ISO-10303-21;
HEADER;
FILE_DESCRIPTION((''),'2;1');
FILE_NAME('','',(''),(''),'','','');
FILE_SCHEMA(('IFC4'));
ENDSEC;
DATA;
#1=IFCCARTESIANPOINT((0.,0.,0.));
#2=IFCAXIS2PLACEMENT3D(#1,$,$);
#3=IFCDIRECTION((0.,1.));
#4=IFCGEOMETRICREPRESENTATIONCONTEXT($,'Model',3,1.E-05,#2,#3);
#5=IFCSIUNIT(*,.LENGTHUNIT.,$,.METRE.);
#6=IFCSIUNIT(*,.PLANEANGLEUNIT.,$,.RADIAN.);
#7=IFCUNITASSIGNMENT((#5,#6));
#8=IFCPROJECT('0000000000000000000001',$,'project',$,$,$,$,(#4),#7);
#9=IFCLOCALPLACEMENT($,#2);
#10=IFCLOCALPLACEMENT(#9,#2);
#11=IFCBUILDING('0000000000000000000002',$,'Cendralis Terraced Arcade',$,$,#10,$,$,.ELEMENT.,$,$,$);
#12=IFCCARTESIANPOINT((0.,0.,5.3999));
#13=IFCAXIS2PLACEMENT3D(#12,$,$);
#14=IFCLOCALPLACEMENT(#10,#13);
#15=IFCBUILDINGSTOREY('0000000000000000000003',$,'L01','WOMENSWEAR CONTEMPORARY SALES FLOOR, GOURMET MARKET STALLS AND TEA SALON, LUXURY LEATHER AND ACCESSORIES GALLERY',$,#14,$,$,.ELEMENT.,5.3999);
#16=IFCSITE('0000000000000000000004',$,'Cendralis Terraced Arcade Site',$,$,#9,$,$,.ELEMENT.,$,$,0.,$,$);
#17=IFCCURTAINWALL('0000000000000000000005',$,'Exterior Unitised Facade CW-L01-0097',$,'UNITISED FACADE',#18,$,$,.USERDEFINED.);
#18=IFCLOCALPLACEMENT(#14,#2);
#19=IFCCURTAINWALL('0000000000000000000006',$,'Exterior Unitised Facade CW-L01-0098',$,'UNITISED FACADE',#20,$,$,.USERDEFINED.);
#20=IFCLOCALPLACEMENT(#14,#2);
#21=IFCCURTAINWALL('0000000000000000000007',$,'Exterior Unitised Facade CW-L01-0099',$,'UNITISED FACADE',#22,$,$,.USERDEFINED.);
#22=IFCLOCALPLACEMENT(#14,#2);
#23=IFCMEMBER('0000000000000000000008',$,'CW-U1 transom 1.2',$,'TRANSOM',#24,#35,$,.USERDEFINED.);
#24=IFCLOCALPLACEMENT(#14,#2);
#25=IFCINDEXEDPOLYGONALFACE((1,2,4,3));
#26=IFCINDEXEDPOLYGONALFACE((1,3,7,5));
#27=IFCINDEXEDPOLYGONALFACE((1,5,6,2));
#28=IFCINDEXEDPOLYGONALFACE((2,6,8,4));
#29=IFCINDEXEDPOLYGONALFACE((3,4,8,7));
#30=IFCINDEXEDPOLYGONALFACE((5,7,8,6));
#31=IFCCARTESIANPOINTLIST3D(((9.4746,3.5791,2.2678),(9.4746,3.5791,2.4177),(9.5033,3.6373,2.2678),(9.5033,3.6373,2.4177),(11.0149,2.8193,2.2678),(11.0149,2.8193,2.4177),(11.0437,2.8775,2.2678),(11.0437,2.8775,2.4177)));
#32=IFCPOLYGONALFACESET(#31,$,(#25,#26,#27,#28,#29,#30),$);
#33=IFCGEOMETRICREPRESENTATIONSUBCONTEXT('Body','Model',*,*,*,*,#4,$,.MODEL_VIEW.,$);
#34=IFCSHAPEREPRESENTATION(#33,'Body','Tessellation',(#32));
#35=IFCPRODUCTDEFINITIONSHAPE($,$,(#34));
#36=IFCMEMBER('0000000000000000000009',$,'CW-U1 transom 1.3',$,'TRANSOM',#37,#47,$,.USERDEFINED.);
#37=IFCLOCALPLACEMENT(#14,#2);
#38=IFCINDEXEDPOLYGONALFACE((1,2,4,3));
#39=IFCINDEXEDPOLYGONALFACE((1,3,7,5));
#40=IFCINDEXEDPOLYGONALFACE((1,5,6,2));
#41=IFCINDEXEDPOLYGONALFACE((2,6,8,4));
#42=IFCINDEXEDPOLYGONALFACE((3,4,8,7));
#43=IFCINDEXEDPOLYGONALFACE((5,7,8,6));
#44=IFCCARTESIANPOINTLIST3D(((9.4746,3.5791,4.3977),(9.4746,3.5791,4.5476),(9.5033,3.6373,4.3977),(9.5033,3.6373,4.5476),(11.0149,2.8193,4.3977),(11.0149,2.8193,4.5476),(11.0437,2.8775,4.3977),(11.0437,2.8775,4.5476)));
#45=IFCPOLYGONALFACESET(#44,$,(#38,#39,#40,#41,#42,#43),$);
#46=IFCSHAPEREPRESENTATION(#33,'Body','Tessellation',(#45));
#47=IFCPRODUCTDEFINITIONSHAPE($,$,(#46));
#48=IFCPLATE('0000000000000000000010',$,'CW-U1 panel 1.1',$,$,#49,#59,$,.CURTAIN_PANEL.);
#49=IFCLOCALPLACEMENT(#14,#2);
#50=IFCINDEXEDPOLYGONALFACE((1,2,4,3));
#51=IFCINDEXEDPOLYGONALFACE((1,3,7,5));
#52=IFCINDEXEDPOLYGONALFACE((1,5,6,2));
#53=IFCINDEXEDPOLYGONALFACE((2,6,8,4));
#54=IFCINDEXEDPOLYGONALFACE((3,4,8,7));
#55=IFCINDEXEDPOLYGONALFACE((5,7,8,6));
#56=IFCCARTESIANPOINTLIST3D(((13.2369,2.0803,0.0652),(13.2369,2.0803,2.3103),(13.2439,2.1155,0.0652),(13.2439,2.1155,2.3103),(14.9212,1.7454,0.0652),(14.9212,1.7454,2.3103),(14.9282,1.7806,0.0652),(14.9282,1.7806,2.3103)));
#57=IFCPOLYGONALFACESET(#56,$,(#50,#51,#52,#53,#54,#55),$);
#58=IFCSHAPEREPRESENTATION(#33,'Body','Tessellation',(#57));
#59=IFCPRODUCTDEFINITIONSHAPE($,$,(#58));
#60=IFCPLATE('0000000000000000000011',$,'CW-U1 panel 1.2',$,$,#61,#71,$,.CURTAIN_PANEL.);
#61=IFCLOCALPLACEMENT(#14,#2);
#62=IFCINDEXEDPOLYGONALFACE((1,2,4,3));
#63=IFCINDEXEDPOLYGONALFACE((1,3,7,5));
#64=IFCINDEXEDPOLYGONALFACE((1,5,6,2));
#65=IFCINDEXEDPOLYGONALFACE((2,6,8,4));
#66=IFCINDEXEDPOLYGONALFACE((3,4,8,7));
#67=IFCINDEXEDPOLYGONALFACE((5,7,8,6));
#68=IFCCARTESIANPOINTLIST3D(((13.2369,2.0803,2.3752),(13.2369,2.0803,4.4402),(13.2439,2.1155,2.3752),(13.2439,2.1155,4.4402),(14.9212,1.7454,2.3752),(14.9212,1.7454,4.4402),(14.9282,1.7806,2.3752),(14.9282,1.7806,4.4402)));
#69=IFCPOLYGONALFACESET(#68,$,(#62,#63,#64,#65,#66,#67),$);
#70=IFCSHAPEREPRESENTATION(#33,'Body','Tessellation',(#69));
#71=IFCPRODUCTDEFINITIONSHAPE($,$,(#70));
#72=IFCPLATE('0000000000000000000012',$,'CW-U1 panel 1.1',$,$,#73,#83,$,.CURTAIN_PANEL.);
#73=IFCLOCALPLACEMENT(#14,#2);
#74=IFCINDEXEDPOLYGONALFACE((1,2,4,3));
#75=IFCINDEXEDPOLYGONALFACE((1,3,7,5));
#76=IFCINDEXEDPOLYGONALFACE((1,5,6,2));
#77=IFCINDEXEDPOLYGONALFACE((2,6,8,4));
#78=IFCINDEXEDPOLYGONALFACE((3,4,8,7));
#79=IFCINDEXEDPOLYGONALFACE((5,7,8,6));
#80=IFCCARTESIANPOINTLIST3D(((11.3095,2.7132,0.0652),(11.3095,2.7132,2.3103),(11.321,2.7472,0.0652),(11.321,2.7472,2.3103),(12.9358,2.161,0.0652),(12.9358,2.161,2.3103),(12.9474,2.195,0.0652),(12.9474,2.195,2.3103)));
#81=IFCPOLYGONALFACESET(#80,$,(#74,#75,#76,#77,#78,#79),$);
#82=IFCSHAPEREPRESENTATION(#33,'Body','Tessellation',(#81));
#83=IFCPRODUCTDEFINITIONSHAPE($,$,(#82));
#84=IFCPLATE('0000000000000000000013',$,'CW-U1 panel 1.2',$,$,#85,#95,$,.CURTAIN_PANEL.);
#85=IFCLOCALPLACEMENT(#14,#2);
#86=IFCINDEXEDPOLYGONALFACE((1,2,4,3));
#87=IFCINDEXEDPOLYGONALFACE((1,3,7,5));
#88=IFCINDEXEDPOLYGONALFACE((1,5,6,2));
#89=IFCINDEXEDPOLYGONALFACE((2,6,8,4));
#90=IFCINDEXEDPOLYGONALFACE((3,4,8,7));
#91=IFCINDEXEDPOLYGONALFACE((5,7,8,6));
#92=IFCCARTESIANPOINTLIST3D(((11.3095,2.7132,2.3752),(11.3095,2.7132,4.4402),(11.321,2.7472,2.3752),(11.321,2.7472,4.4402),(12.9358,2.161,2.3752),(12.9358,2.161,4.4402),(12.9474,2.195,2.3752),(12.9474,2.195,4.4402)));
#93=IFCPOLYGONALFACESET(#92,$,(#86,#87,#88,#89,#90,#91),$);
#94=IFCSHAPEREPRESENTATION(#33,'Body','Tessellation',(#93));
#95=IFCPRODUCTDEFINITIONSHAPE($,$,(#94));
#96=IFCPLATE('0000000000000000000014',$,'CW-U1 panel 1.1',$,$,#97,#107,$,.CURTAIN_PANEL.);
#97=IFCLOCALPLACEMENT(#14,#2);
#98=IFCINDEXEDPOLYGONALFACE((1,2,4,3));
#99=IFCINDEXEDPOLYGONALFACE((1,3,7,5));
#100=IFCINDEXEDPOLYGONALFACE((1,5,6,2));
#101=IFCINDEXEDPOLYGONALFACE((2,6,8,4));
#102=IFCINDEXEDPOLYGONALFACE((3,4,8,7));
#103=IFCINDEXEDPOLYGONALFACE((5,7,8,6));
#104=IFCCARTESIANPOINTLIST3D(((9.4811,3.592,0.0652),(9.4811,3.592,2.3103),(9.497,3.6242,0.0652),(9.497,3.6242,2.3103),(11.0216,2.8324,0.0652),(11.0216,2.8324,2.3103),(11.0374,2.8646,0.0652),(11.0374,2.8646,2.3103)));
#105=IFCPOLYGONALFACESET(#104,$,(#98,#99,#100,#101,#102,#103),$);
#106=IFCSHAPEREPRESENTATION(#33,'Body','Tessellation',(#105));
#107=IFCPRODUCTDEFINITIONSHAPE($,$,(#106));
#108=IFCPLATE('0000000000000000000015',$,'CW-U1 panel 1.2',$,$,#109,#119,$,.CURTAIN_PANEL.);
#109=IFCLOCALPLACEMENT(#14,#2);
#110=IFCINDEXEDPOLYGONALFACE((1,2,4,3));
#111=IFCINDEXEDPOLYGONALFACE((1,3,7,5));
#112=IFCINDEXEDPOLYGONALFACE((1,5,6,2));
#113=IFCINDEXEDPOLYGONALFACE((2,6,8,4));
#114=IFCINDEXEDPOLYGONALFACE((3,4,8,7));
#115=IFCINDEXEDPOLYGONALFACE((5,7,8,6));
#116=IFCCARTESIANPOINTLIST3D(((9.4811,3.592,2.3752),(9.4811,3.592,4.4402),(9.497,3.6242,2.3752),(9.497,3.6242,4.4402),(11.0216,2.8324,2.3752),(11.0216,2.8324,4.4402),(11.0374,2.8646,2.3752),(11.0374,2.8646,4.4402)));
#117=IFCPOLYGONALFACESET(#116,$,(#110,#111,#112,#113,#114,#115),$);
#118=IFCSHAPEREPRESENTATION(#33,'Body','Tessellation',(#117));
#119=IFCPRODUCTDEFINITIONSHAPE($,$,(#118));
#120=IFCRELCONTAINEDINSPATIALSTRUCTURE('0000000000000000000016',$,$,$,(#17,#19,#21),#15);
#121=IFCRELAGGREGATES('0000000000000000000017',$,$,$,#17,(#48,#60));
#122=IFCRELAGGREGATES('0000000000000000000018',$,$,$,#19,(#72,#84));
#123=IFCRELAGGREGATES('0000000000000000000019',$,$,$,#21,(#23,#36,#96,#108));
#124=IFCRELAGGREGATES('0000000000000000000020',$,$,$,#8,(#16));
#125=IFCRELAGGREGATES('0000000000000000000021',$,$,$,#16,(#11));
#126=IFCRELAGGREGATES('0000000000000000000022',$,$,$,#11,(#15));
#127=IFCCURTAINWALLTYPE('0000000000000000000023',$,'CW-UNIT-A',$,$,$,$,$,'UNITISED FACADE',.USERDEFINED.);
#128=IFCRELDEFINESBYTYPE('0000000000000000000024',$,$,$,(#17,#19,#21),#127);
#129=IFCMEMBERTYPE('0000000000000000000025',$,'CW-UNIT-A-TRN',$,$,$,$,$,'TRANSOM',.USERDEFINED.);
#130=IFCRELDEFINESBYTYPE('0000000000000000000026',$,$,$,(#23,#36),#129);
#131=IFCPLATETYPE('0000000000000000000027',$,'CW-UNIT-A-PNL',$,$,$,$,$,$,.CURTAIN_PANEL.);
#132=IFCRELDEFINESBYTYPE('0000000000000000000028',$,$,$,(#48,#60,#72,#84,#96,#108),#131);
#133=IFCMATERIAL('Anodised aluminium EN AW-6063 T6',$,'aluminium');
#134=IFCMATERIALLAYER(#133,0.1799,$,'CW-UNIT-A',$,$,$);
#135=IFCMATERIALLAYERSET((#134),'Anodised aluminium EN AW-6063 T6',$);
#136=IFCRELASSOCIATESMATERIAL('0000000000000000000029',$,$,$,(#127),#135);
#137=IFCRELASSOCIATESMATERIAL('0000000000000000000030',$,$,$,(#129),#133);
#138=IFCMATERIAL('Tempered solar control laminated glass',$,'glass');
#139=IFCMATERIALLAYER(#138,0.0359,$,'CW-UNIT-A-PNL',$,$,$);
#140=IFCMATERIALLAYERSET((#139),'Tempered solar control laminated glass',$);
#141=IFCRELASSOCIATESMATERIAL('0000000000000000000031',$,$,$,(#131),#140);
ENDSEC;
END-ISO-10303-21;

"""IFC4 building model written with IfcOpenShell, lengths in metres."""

from ifc_helpers import new_model, si_unit, direction, frame, origin, origin_2d, place, context, subcontext, project, spatial, rectangle, extrude, material, layer, layer_set, material_profile, profile_set, type_object, element, aggregate, save


model = new_model("IFC4")

# Units and contexts
model_context = context("Model", 3, precision=1e-05, world=origin(), true_north=direction((0.0, 1.0)))
body_context = subcontext(model_context, "Body", "Model", "MODEL_VIEW")
ifc_project = project(units=[si_unit("LENGTHUNIT", "METRE"), si_unit("PLANEANGLEUNIT", "RADIAN")], contexts=[model_context])

# Site, building, storey
site_placement = place(None, origin())
site = spatial("IfcSite", under=ifc_project, at=site_placement, Name="Cendralis Terraced Arcade Site", CompositionType="ELEMENT", RefElevation=0.0)
building_placement = place(site_placement, origin())
building = spatial("IfcBuilding", under=site, at=building_placement, Name="Cendralis Terraced Arcade", CompositionType="ELEMENT")
storey_placement = place(building_placement, frame((0.0, 0.0, 5.3999)))
storey = spatial("IfcBuildingStorey", under=building, at=storey_placement, Name="L01", Description="WOMENSWEAR CONTEMPORARY SALES FLOOR, GOURMET MARKET STALLS AND TEA SALON, LUXURY LEATHER AND ACCESSORIES GALLERY", CompositionType="ELEMENT", Elevation=5.3999)

# Shared definitions
ifc_material_1 = material(Name="Anodised aluminium EN AW-6063 T6", Category="aluminium")
ifc_layer_1 = layer(ifc_material_1, 0.1799, Name="CW-UNIT-A")
ifc_layer_set_1 = layer_set([ifc_layer_1], Name="Anodised aluminium EN AW-6063 T6")
curtain_wall_type = type_object("IfcCurtainWallType", Name="CW-UNIT-A", ElementType="UNITISED FACADE", PredefinedType="USERDEFINED", material=ifc_layer_set_1)

# Curtain walls
curtain_wall_1_placement = place(storey_placement, origin())
curtain_wall_1 = element("IfcCurtainWall", 1, at=curtain_wall_1_placement, inside=storey, type_object=curtain_wall_type, Name="Exterior Unitised Facade CW-L01-0097", ObjectType="UNITISED FACADE", PredefinedType="USERDEFINED")
curtain_wall_2_placement = place(storey_placement, origin())
curtain_wall_2 = element("IfcCurtainWall", 2, at=curtain_wall_2_placement, inside=storey, type_object=curtain_wall_type, Name="Exterior Unitised Facade CW-L01-0098", ObjectType="UNITISED FACADE", PredefinedType="USERDEFINED")
curtain_wall_3_placement = place(storey_placement, origin())
curtain_wall_3 = element("IfcCurtainWall", 3, at=curtain_wall_3_placement, inside=storey, type_object=curtain_wall_type, Name="Exterior Unitised Facade CW-L01-0099", ObjectType="UNITISED FACADE", PredefinedType="USERDEFINED")

# Members
ifc_material_profile_1 = material_profile(ifc_material_1, rectangle(XDim=0.0649, YDim=0.1499, at=origin_2d()), Name="ALU-TRN-65x150")
ifc_profile_set_1 = profile_set([ifc_material_profile_1], Name="Anodised aluminium EN AW-6063 T6")
member_type_1 = type_object("IfcMemberType", Name="CW-UNIT-A-TRN", ElementType="TRANSOM", PredefinedType="USERDEFINED", material=ifc_profile_set_1)
member_1_placement = place(storey_placement, frame((11.0293, 2.8484, 2.3428), z_axis=(-0.896831, 0.442374, 0.0), x_axis=(-0.442374, -0.896831, 0.0)))
member_1 = element("IfcMember", 4, at=member_1_placement, type_object=member_type_1, Name="CW-U1 transom 1.2", ObjectType="TRANSOM", PredefinedType="USERDEFINED", context=body_context, shape_type="SweptSolid", body=[
    extrude(rectangle(XDim=0.0649, YDim=0.1499, at=origin_2d()), origin(), (0.0, 0.0, 1.0), 1.7175),
])
member_2_placement = place(storey_placement, frame((11.0293, 2.8484, 4.4727), z_axis=(-0.896831, 0.442374, 0.0), x_axis=(-0.442374, -0.896831, 0.0)))
member_2 = element("IfcMember", 5, at=member_2_placement, type_object=member_type_1, Name="CW-U1 transom 1.3", ObjectType="TRANSOM", PredefinedType="USERDEFINED", context=body_context, shape_type="SweptSolid", body=[
    extrude(rectangle(XDim=0.0649, YDim=0.1499, at=origin_2d()), origin(), (0.0, 0.0, 1.0), 1.7175),
])

# Plates
ifc_material_2 = material(Name="Tempered solar control laminated glass", Category="glass")
ifc_layer_2 = layer(ifc_material_2, 0.0359, Name="CW-UNIT-A-PNL")
ifc_layer_set_2 = layer_set([ifc_layer_2], Name="Tempered solar control laminated glass")
plate_type = type_object("IfcPlateType", Name="CW-UNIT-A-PNL", PredefinedType="CURTAIN_PANEL", material=ifc_layer_set_2)
plate_1_placement = place(storey_placement, frame((14.0825, 1.9304, 0.0652), z_axis=(0.0, 0.0, 1.0), x_axis=(-0.980797, 0.195033, 0.0)))
plate_1 = element("IfcPlate", 6, at=plate_1_placement, type_object=plate_type, Name="CW-U1 panel 1.1", PredefinedType="CURTAIN_PANEL", context=body_context, shape_type="SweptSolid", body=[
    extrude(rectangle(XDim=1.7173, YDim=0.0359, at=origin_2d()), origin(), (0.0, 0.0, 1.0), 2.2451),
])
plate_2_placement = place(storey_placement, frame((14.0825, 1.9304, 2.3752), z_axis=(0.0, 0.0, 1.0), x_axis=(-0.980797, 0.195033, 0.0)))
plate_2 = element("IfcPlate", 7, at=plate_2_placement, type_object=plate_type, Name="CW-U1 panel 1.2", PredefinedType="CURTAIN_PANEL", context=body_context, shape_type="SweptSolid", body=[
    extrude(rectangle(XDim=1.7173, YDim=0.0359, at=origin_2d()), origin(), (0.0, 0.0, 1.0), 2.0649),
])
aggregate(curtain_wall_1, [plate_1, plate_2])
plate_3_placement = place(storey_placement, frame((12.1284, 2.4541, 0.0652), z_axis=(0.0, 0.0, 1.0), x_axis=(-0.94691, 0.3215, 0.0)))
plate_3 = element("IfcPlate", 8, at=plate_3_placement, type_object=plate_type, Name="CW-U1 panel 1.1", PredefinedType="CURTAIN_PANEL", context=body_context, shape_type="SweptSolid", body=[
    extrude(rectangle(XDim=1.7175, YDim=0.0359, at=origin_2d()), origin(), (0.0, 0.0, 1.0), 2.2451),
])
plate_4_placement = place(storey_placement, frame((12.1284, 2.4541, 2.3752), z_axis=(0.0, 0.0, 1.0), x_axis=(-0.94691, 0.3215, 0.0)))
plate_4 = element("IfcPlate", 9, at=plate_4_placement, type_object=plate_type, Name="CW-U1 panel 1.2", PredefinedType="CURTAIN_PANEL", context=body_context, shape_type="SweptSolid", body=[
    extrude(rectangle(XDim=1.7175, YDim=0.0359, at=origin_2d()), origin(), (0.0, 0.0, 1.0), 2.0649),
])
aggregate(curtain_wall_2, [plate_3, plate_4])
plate_5_placement = place(storey_placement, frame((10.2593, 3.2283, 0.0652), z_axis=(0.0, 0.0, 1.0), x_axis=(-0.896882, 0.44227, 0.0)))
plate_5 = element("IfcPlate", 10, at=plate_5_placement, type_object=plate_type, Name="CW-U1 panel 1.1", PredefinedType="CURTAIN_PANEL", context=body_context, shape_type="SweptSolid", body=[
    extrude(rectangle(XDim=1.7175, YDim=0.0359, at=origin_2d()), origin(), (0.0, 0.0, 1.0), 2.2451),
])
plate_6_placement = place(storey_placement, frame((10.2593, 3.2283, 2.3752), z_axis=(0.0, 0.0, 1.0), x_axis=(-0.896882, 0.44227, 0.0)))
plate_6 = element("IfcPlate", 11, at=plate_6_placement, type_object=plate_type, Name="CW-U1 panel 1.2", PredefinedType="CURTAIN_PANEL", context=body_context, shape_type="SweptSolid", body=[
    extrude(rectangle(XDim=1.7175, YDim=0.0359, at=origin_2d()), origin(), (0.0, 0.0, 1.0), 2.0649),
])
aggregate(curtain_wall_3, [member_1, member_2, plate_5, plate_6])

save(model, "model.ifc")
